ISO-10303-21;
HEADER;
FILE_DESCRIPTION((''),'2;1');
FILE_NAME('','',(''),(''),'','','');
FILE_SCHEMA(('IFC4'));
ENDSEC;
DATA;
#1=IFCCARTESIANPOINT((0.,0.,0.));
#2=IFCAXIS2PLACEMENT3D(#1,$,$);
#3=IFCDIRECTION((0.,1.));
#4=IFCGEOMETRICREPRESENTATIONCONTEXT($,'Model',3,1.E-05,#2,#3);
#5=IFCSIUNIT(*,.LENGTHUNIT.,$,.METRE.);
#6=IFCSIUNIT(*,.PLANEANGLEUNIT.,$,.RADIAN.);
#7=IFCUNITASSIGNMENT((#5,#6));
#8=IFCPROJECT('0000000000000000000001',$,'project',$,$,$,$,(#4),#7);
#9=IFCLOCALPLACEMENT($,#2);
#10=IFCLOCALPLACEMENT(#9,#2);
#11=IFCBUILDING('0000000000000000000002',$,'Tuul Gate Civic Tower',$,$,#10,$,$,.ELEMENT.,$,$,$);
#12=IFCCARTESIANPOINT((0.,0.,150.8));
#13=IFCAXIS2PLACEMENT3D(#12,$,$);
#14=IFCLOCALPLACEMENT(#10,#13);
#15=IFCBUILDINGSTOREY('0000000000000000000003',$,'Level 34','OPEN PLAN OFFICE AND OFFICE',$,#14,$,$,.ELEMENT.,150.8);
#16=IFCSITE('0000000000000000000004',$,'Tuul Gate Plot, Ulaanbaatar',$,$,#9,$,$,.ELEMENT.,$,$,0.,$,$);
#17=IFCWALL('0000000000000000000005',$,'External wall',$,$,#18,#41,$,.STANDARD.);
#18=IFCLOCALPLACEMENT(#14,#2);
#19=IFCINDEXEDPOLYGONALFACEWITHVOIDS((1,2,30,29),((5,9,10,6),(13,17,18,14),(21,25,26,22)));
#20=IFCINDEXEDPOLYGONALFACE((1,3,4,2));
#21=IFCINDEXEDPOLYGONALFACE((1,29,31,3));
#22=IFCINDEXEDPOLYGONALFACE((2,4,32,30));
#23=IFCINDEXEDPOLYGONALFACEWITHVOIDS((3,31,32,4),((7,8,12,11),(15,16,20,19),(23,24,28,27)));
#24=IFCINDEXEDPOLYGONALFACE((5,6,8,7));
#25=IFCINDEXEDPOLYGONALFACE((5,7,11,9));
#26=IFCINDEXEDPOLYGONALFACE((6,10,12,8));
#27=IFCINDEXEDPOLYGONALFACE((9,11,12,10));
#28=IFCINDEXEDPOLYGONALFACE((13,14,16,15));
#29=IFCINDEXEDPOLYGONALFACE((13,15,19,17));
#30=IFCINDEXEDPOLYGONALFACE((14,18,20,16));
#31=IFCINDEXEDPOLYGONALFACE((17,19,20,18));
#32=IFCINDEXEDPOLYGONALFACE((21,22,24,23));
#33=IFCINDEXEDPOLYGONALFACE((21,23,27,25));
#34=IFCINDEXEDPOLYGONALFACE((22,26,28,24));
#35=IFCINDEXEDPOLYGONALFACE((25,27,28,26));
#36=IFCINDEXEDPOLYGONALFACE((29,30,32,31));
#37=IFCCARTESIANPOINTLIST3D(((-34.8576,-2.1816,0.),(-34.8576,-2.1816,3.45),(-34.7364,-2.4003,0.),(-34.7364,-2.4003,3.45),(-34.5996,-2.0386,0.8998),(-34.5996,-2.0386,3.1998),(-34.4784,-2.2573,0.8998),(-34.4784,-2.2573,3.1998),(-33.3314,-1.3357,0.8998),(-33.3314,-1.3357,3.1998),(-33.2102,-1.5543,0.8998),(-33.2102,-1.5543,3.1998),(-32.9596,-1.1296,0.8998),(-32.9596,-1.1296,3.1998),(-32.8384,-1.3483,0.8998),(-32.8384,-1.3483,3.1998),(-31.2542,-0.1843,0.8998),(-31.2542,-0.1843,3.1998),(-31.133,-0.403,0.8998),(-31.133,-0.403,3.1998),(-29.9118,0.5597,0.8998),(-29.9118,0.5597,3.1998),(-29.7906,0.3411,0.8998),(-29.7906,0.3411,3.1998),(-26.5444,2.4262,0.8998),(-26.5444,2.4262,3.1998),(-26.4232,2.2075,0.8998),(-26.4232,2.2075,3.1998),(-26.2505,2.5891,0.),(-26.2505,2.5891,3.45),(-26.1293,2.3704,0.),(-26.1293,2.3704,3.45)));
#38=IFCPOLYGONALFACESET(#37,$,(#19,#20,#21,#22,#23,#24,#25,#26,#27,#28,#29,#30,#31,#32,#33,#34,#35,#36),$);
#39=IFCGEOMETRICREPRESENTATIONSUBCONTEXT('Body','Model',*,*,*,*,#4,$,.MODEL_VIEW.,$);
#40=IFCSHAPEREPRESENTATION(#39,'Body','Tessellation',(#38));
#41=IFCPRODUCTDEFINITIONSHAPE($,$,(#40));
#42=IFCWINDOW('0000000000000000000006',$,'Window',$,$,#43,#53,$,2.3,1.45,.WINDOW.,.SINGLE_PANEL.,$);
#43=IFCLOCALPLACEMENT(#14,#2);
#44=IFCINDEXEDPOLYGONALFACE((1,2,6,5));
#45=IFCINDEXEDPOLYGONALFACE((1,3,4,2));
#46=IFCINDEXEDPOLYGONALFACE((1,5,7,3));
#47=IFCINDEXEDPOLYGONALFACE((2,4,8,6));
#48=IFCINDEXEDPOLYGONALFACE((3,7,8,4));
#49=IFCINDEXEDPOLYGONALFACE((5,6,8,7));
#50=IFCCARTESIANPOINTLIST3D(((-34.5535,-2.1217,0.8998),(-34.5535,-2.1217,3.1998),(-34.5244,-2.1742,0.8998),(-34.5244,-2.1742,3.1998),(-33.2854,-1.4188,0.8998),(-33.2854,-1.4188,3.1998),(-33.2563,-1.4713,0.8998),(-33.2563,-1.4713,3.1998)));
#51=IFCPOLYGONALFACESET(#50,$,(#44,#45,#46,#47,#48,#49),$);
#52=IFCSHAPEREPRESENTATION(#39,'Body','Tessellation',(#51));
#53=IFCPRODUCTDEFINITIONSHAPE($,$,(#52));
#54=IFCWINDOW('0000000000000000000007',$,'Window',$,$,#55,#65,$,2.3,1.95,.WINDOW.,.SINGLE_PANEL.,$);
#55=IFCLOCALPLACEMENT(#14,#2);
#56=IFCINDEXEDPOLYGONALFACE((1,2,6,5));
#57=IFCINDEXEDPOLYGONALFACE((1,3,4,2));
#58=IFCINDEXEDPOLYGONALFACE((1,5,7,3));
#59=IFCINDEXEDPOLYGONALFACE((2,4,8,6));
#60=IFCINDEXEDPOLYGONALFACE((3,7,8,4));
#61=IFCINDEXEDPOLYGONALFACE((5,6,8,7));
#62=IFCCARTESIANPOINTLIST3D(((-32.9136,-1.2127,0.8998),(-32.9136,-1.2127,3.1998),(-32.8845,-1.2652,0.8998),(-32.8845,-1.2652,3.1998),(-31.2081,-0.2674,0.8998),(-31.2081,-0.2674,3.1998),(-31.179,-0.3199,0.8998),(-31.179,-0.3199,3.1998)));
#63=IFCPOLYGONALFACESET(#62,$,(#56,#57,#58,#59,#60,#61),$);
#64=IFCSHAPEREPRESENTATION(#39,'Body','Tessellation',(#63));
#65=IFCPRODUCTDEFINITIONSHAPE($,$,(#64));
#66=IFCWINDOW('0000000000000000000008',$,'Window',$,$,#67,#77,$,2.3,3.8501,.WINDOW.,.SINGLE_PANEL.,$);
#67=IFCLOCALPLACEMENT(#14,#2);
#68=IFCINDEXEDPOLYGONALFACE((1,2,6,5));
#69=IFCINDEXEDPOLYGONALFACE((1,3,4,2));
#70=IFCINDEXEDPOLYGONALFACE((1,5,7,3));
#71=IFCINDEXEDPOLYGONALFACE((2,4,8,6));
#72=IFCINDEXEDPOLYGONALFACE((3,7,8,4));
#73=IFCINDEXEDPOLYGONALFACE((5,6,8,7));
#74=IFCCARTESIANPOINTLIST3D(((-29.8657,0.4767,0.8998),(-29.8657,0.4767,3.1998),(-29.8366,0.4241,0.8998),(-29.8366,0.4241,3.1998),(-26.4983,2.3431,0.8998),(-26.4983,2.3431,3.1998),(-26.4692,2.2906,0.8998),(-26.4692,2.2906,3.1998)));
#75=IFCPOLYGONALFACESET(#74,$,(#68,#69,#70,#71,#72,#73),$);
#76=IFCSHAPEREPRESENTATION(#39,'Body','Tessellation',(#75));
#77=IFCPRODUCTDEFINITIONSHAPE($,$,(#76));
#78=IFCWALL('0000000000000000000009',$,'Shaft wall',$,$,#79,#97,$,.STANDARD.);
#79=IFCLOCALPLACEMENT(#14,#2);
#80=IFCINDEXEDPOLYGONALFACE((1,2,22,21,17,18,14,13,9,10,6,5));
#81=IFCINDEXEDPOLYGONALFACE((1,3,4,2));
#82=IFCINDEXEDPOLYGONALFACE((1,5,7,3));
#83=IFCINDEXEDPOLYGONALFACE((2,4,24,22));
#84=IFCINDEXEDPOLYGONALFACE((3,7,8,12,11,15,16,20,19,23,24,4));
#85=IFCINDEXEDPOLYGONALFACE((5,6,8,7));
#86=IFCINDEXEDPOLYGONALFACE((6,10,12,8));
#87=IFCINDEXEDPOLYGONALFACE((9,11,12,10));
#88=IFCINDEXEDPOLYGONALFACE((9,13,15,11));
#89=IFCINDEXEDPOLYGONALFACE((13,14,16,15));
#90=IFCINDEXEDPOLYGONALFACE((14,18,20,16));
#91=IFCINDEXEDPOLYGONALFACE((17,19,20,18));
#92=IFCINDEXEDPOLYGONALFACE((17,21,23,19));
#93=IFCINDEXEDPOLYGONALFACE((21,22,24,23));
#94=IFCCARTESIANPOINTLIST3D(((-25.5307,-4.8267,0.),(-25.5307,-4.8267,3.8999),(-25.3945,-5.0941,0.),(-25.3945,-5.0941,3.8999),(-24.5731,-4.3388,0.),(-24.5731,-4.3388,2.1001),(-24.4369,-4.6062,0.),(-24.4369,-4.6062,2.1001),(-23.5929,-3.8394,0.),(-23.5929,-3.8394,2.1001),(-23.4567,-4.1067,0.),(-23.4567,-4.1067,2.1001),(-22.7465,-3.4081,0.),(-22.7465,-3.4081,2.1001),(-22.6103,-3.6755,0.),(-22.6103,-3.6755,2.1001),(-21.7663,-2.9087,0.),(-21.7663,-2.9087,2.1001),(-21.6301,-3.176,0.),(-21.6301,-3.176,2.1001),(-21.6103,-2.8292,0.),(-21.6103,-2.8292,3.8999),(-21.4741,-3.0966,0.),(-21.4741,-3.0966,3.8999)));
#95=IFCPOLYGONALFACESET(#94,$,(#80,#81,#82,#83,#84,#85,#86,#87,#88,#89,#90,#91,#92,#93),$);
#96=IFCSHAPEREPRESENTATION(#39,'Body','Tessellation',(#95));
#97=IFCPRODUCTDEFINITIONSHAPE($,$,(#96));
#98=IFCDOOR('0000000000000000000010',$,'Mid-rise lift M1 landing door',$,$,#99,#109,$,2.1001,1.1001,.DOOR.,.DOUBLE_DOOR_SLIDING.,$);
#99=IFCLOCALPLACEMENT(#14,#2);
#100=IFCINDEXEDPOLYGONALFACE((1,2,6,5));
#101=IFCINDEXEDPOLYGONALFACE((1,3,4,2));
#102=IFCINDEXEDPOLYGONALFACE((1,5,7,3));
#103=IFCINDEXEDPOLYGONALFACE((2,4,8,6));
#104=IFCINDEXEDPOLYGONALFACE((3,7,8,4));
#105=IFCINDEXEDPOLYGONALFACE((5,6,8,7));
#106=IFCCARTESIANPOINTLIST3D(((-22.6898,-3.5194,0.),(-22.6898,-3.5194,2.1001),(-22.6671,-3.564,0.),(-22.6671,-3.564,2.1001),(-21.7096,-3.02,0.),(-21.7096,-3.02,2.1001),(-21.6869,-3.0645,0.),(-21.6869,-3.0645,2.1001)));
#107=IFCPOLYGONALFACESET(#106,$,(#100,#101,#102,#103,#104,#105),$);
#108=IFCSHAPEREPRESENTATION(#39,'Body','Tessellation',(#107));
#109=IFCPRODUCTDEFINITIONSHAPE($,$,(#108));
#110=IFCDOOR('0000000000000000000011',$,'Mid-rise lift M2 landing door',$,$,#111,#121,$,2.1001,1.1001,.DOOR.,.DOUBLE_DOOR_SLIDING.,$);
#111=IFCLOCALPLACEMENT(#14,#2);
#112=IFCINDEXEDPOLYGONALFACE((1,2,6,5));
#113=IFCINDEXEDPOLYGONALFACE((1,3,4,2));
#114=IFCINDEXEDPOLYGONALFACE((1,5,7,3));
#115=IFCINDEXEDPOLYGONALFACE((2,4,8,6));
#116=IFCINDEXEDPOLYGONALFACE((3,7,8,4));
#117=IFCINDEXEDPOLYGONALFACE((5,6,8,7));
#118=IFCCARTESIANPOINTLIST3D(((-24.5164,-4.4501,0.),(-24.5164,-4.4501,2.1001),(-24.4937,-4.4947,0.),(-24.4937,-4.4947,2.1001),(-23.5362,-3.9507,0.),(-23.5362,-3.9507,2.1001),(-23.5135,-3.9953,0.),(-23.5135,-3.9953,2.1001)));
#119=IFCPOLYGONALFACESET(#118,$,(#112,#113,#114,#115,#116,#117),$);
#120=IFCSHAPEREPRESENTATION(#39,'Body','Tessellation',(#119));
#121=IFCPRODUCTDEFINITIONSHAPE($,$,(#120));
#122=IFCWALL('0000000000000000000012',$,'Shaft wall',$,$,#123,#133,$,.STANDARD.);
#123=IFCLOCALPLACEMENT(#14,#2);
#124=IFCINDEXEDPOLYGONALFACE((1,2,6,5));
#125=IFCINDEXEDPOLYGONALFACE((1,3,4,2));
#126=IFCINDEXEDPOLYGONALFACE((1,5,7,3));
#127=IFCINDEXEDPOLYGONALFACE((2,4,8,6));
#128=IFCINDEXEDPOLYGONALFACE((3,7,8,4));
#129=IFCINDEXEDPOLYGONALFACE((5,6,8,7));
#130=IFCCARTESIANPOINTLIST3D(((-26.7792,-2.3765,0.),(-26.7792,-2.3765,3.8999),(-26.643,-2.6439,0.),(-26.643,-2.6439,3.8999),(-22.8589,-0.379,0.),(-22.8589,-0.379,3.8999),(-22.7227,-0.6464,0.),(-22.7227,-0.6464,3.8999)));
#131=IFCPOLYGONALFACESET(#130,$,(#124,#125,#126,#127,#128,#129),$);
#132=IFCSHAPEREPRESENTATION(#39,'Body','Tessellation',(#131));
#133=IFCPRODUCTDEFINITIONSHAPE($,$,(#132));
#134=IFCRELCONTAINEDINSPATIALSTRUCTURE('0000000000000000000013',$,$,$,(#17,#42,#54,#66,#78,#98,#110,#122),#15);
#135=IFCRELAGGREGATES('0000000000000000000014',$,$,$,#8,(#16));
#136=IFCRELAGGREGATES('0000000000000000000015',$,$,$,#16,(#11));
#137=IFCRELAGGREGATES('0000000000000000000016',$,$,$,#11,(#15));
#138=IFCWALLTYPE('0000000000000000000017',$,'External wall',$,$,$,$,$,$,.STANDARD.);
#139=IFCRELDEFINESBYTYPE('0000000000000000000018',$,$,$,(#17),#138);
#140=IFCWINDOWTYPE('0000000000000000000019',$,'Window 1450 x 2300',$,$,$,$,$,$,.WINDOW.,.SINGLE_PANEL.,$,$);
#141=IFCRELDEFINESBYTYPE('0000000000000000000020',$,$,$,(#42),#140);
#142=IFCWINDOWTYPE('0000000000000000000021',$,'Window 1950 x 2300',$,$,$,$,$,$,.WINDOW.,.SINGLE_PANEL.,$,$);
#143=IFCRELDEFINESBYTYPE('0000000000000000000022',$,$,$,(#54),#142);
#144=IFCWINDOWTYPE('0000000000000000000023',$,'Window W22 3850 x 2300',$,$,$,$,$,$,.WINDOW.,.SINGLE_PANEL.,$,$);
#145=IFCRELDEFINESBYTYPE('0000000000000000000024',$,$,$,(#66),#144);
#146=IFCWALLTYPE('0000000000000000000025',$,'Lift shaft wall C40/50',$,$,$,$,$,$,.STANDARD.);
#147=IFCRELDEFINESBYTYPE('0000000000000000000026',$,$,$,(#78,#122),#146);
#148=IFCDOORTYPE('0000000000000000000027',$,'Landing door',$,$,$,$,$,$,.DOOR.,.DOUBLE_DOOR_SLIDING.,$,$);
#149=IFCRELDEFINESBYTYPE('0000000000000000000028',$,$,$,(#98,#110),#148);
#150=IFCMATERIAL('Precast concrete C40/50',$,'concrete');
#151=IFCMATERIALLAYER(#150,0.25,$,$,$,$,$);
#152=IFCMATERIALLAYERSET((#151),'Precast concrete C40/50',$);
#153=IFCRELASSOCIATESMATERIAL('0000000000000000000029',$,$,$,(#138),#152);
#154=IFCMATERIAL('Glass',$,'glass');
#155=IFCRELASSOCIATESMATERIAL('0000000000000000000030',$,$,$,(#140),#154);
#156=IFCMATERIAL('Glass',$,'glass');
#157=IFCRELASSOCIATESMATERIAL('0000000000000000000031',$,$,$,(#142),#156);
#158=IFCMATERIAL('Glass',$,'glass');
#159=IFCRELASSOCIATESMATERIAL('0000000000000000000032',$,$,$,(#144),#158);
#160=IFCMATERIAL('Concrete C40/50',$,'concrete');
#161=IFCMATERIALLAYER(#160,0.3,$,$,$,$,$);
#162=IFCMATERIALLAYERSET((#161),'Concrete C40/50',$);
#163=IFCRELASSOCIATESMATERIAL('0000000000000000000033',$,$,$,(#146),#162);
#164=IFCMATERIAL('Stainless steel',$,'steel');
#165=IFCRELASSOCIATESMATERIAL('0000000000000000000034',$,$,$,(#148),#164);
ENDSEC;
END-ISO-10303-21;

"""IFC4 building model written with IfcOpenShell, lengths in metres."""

from ifc_helpers import new_model, si_unit, direction, frame, frame_2d, origin, place, context, subcontext, project, spatial, rectangle, extrude, material, layer, layer_set, type_object, element, fill, save


model = new_model("IFC4")

# Units and contexts
model_context = context("Model", 3, precision=1e-05, world=origin(), true_north=direction((0.0, 1.0)))
body_context = subcontext(model_context, "Body", "Model", "MODEL_VIEW")
ifc_project = project(units=[si_unit("LENGTHUNIT", "METRE"), si_unit("PLANEANGLEUNIT", "RADIAN")], contexts=[model_context])

# Site, building, storey
site_placement = place(None, origin())
site = spatial("IfcSite", under=ifc_project, at=site_placement, Name="Tuul Gate Plot, Ulaanbaatar", CompositionType="ELEMENT", RefElevation=0.0)
building_placement = place(site_placement, origin())
building = spatial("IfcBuilding", under=site, at=building_placement, Name="Tuul Gate Civic Tower", CompositionType="ELEMENT")
storey_placement = place(building_placement, frame((0.0, 0.0, 150.8)))
storey = spatial("IfcBuildingStorey", under=building, at=storey_placement, Name="Level 34", Description="OPEN PLAN OFFICE AND OFFICE", CompositionType="ELEMENT", Elevation=150.8)

# Wall, openings, windows
ifc_material_1 = material(Name="Precast concrete C40/50", Category="concrete")
ifc_layer_1 = layer(ifc_material_1, 0.25)
ifc_layer_set_1 = layer_set([ifc_layer_1], Name="Precast concrete C40/50")
wall_type_1 = type_object("IfcWallType", Name="External wall", PredefinedType="STANDARD", material=ifc_layer_set_1)
wall_1_placement = place(storey_placement, frame((-26.1899, 2.4797, 0.0), z_axis=(0.0, 0.0, 1.0), x_axis=(-0.874632, -0.484787, 0.0)))
wall_1 = element("IfcWall", 1, at=wall_1_placement, inside=storey, type_object=wall_type_1, Name="External wall", PredefinedType="STANDARD", context=body_context, shape_type="SweptSolid", body=[
    extrude(rectangle(XDim=9.8408, YDim=0.25, at=frame_2d((4.9204, 0.0))), origin(), (0.0, 0.0, 1.0), 3.45),
])
opening_1_placement = place(wall_1_placement, frame((0.3359, 0.0, 0.8999)))
opening_1 = element("IfcOpeningElement", 2, at=opening_1_placement, cuts=wall_1, PredefinedType="OPENING", context=body_context, shape_type="SweptSolid", body=[
    extrude(rectangle(XDim=3.8501, YDim=2.3, at=frame_2d((1.925, 1.1499))), frame((0.0, 0.135, 0.0), z_axis=(0.0, -1.0, 0.0), x_axis=(1.0, 0.0, 0.0)), (0.0, 0.0, 1.0), 0.27),
])
opening_2_placement = place(wall_1_placement, frame((5.7207, 0.0, 0.8999)))
opening_2 = element("IfcOpeningElement", 3, at=opening_2_placement, cuts=wall_1, PredefinedType="OPENING", context=body_context, shape_type="SweptSolid", body=[
    extrude(rectangle(XDim=1.95, YDim=2.3, at=frame_2d((0.9751, 1.1499))), frame((0.0, 0.135, 0.0), z_axis=(0.0, -1.0, 0.0), x_axis=(1.0, 0.0, 0.0)), (0.0, 0.0, 1.0), 0.27),
])
opening_3_placement = place(wall_1_placement, frame((8.0957, 0.0, 0.8999)))
opening_3 = element("IfcOpeningElement", 4, at=opening_3_placement, cuts=wall_1, PredefinedType="OPENING", context=body_context, shape_type="SweptSolid", body=[
    extrude(rectangle(XDim=1.45, YDim=2.3, at=frame_2d((0.7251, 1.1499))), frame((0.0, 0.135, 0.0), z_axis=(0.0, -1.0, 0.0), x_axis=(1.0, 0.0, 0.0)), (0.0, 0.0, 1.0), 0.27),
])
ifc_material_2 = material(Name="Glass", Category="glass")
window_type_1 = type_object("IfcWindowType", Name="Window 1450 x 2300", PartitioningType="SINGLE_PANEL", PredefinedType="WINDOW", material=ifc_material_2)
window_1_placement = place(opening_3_placement, origin())
window_1 = element("IfcWindow", 5, at=window_1_placement, inside=storey, type_object=window_type_1, Name="Window", OverallHeight=2.3, OverallWidth=1.45, PartitioningType="SINGLE_PANEL", PredefinedType="WINDOW", context=body_context, shape_type="SweptSolid", body=[
    extrude(rectangle(XDim=1.45, YDim=2.3, at=frame_2d((0.7251, 1.1499))), frame((0.0, 0.03, 0.0), z_axis=(0.0, -1.0, 0.0), x_axis=(1.0, 0.0, 0.0)), (0.0, 0.0, 1.0), 0.0601),
])
fill(opening_3, window_1)
ifc_material_3 = material(Name="Glass", Category="glass")
window_type_2 = type_object("IfcWindowType", Name="Window 1950 x 2300", PartitioningType="SINGLE_PANEL", PredefinedType="WINDOW", material=ifc_material_3)
window_2_placement = place(opening_2_placement, origin())
window_2 = element("IfcWindow", 6, at=window_2_placement, inside=storey, type_object=window_type_2, Name="Window", OverallHeight=2.3, OverallWidth=1.95, PartitioningType="SINGLE_PANEL", PredefinedType="WINDOW", context=body_context, shape_type="SweptSolid", body=[
    extrude(rectangle(XDim=1.95, YDim=2.3, at=frame_2d((0.9751, 1.1499))), frame((0.0, 0.03, 0.0), z_axis=(0.0, -1.0, 0.0), x_axis=(1.0, 0.0, 0.0)), (0.0, 0.0, 1.0), 0.0601),
])
fill(opening_2, window_2)
ifc_material_4 = material(Name="Glass", Category="glass")
window_type_3 = type_object("IfcWindowType", Name="Window W22 3850 x 2300", PartitioningType="SINGLE_PANEL", PredefinedType="WINDOW", material=ifc_material_4)
window_3_placement = place(opening_1_placement, origin())
window_3 = element("IfcWindow", 7, at=window_3_placement, inside=storey, type_object=window_type_3, Name="Window", OverallHeight=2.3, OverallWidth=3.8501, PartitioningType="SINGLE_PANEL", PredefinedType="WINDOW", context=body_context, shape_type="SweptSolid", body=[
    extrude(rectangle(XDim=3.8501, YDim=2.3, at=frame_2d((1.925, 1.1499))), frame((0.0, 0.03, 0.0), z_axis=(0.0, -1.0, 0.0), x_axis=(1.0, 0.0, 0.0)), (0.0, 0.0, 1.0), 0.0601),
])
fill(opening_1, window_3)

# Wall, openings, doors
ifc_material_5 = material(Name="Concrete C40/50", Category="concrete")
ifc_layer_2 = layer(ifc_material_5, 0.3)
ifc_layer_set_2 = layer_set([ifc_layer_2], Name="Concrete C40/50")
wall_type_2 = type_object("IfcWallType", Name="Lift shaft wall C40/50", PredefinedType="STANDARD", material=ifc_layer_set_2)
wall_2_placement = place(storey_placement, frame((-21.5422, -2.9629, 0.0), z_axis=(0.0, 0.0, 1.0), x_axis=(-0.891006, -0.453992, 0.0)))
wall_2 = element("IfcWall", 8, at=wall_2_placement, inside=storey, type_object=wall_type_2, Name="Shaft wall", PredefinedType="STANDARD", context=body_context, shape_type="SweptSolid", body=[
    extrude(rectangle(XDim=4.3999, YDim=0.3, at=frame_2d((2.2, 0.0))), origin(), (0.0, 0.0, 1.0), 3.8999),
])
opening_4_placement = place(wall_2_placement, frame((0.175, 0.0, 0.0)))
opening_4 = element("IfcOpeningElement", 9, at=opening_4_placement, cuts=wall_2, PredefinedType="OPENING", context=body_context, shape_type="SweptSolid", body=[
    extrude(rectangle(XDim=1.1001, YDim=2.1001, at=frame_2d((0.55, 1.05))), frame((0.0, 0.1602, 0.0), z_axis=(0.0, -1.0, 0.0), x_axis=(1.0, 0.0, 0.0)), (0.0, 0.0, 1.0), 0.3201),
])
opening_5_placement = place(wall_2_placement, frame((2.2251, 0.0, 0.0)))
opening_5 = element("IfcOpeningElement", 10, at=opening_5_placement, cuts=wall_2, PredefinedType="OPENING", context=body_context, shape_type="SweptSolid", body=[
    extrude(rectangle(XDim=1.1001, YDim=2.1001, at=frame_2d((0.55, 1.05))), frame((0.0, 0.1602, 0.0), z_axis=(0.0, -1.0, 0.0), x_axis=(1.0, 0.0, 0.0)), (0.0, 0.0, 1.0), 0.3201),
])
ifc_material_6 = material(Name="Stainless steel", Category="steel")
door_type_1 = type_object("IfcDoorType", Name="Landing door", OperationType="DOUBLE_DOOR_SLIDING", PredefinedType="DOOR", material=ifc_material_6)
door_1_placement = place(opening_4_placement, origin())
door_1 = element("IfcDoor", 11, at=door_1_placement, inside=storey, type_object=door_type_1, Name="Mid-rise lift M1 landing door", OperationType="DOUBLE_DOOR_SLIDING", OverallHeight=2.1001, OverallWidth=1.1001, PredefinedType="DOOR", context=body_context, shape_type="SweptSolid", body=[
    extrude(rectangle(XDim=1.1001, YDim=2.1001, at=frame_2d((0.55, 1.05))), frame((0.0, 0.0249, 0.0), z_axis=(0.0, -1.0, 0.0), x_axis=(1.0, 0.0, 0.0)), (0.0, 0.0, 1.0), 0.05),
])
fill(opening_4, door_1)
door_2_placement = place(opening_5_placement, origin())
door_2 = element("IfcDoor", 12, at=door_2_placement, inside=storey, type_object=door_type_1, Name="Mid-rise lift M2 landing door", OperationType="DOUBLE_DOOR_SLIDING", OverallHeight=2.1001, OverallWidth=1.1001, PredefinedType="DOOR", context=body_context, shape_type="SweptSolid", body=[
    extrude(rectangle(XDim=1.1001, YDim=2.1001, at=frame_2d((0.55, 1.05))), frame((0.0, 0.0249, 0.0), z_axis=(0.0, -1.0, 0.0), x_axis=(1.0, 0.0, 0.0)), (0.0, 0.0, 1.0), 0.05),
])
fill(opening_5, door_2)

# Wall
wall_3_placement = place(storey_placement, frame((-22.7908, -0.5127, 0.0), z_axis=(0.0, 0.0, 1.0), x_axis=(-0.891006, -0.453992, 0.0)))
element("IfcWall", 13, at=wall_3_placement, inside=storey, type_object=wall_type_2, Name="Shaft wall", PredefinedType="STANDARD", context=body_context, shape_type="SweptSolid", body=[
    extrude(rectangle(XDim=4.3999, YDim=0.3, at=frame_2d((2.2, 0.0))), origin(), (0.0, 0.0, 1.0), 3.8999),
])

save(model, "model.ifc")
